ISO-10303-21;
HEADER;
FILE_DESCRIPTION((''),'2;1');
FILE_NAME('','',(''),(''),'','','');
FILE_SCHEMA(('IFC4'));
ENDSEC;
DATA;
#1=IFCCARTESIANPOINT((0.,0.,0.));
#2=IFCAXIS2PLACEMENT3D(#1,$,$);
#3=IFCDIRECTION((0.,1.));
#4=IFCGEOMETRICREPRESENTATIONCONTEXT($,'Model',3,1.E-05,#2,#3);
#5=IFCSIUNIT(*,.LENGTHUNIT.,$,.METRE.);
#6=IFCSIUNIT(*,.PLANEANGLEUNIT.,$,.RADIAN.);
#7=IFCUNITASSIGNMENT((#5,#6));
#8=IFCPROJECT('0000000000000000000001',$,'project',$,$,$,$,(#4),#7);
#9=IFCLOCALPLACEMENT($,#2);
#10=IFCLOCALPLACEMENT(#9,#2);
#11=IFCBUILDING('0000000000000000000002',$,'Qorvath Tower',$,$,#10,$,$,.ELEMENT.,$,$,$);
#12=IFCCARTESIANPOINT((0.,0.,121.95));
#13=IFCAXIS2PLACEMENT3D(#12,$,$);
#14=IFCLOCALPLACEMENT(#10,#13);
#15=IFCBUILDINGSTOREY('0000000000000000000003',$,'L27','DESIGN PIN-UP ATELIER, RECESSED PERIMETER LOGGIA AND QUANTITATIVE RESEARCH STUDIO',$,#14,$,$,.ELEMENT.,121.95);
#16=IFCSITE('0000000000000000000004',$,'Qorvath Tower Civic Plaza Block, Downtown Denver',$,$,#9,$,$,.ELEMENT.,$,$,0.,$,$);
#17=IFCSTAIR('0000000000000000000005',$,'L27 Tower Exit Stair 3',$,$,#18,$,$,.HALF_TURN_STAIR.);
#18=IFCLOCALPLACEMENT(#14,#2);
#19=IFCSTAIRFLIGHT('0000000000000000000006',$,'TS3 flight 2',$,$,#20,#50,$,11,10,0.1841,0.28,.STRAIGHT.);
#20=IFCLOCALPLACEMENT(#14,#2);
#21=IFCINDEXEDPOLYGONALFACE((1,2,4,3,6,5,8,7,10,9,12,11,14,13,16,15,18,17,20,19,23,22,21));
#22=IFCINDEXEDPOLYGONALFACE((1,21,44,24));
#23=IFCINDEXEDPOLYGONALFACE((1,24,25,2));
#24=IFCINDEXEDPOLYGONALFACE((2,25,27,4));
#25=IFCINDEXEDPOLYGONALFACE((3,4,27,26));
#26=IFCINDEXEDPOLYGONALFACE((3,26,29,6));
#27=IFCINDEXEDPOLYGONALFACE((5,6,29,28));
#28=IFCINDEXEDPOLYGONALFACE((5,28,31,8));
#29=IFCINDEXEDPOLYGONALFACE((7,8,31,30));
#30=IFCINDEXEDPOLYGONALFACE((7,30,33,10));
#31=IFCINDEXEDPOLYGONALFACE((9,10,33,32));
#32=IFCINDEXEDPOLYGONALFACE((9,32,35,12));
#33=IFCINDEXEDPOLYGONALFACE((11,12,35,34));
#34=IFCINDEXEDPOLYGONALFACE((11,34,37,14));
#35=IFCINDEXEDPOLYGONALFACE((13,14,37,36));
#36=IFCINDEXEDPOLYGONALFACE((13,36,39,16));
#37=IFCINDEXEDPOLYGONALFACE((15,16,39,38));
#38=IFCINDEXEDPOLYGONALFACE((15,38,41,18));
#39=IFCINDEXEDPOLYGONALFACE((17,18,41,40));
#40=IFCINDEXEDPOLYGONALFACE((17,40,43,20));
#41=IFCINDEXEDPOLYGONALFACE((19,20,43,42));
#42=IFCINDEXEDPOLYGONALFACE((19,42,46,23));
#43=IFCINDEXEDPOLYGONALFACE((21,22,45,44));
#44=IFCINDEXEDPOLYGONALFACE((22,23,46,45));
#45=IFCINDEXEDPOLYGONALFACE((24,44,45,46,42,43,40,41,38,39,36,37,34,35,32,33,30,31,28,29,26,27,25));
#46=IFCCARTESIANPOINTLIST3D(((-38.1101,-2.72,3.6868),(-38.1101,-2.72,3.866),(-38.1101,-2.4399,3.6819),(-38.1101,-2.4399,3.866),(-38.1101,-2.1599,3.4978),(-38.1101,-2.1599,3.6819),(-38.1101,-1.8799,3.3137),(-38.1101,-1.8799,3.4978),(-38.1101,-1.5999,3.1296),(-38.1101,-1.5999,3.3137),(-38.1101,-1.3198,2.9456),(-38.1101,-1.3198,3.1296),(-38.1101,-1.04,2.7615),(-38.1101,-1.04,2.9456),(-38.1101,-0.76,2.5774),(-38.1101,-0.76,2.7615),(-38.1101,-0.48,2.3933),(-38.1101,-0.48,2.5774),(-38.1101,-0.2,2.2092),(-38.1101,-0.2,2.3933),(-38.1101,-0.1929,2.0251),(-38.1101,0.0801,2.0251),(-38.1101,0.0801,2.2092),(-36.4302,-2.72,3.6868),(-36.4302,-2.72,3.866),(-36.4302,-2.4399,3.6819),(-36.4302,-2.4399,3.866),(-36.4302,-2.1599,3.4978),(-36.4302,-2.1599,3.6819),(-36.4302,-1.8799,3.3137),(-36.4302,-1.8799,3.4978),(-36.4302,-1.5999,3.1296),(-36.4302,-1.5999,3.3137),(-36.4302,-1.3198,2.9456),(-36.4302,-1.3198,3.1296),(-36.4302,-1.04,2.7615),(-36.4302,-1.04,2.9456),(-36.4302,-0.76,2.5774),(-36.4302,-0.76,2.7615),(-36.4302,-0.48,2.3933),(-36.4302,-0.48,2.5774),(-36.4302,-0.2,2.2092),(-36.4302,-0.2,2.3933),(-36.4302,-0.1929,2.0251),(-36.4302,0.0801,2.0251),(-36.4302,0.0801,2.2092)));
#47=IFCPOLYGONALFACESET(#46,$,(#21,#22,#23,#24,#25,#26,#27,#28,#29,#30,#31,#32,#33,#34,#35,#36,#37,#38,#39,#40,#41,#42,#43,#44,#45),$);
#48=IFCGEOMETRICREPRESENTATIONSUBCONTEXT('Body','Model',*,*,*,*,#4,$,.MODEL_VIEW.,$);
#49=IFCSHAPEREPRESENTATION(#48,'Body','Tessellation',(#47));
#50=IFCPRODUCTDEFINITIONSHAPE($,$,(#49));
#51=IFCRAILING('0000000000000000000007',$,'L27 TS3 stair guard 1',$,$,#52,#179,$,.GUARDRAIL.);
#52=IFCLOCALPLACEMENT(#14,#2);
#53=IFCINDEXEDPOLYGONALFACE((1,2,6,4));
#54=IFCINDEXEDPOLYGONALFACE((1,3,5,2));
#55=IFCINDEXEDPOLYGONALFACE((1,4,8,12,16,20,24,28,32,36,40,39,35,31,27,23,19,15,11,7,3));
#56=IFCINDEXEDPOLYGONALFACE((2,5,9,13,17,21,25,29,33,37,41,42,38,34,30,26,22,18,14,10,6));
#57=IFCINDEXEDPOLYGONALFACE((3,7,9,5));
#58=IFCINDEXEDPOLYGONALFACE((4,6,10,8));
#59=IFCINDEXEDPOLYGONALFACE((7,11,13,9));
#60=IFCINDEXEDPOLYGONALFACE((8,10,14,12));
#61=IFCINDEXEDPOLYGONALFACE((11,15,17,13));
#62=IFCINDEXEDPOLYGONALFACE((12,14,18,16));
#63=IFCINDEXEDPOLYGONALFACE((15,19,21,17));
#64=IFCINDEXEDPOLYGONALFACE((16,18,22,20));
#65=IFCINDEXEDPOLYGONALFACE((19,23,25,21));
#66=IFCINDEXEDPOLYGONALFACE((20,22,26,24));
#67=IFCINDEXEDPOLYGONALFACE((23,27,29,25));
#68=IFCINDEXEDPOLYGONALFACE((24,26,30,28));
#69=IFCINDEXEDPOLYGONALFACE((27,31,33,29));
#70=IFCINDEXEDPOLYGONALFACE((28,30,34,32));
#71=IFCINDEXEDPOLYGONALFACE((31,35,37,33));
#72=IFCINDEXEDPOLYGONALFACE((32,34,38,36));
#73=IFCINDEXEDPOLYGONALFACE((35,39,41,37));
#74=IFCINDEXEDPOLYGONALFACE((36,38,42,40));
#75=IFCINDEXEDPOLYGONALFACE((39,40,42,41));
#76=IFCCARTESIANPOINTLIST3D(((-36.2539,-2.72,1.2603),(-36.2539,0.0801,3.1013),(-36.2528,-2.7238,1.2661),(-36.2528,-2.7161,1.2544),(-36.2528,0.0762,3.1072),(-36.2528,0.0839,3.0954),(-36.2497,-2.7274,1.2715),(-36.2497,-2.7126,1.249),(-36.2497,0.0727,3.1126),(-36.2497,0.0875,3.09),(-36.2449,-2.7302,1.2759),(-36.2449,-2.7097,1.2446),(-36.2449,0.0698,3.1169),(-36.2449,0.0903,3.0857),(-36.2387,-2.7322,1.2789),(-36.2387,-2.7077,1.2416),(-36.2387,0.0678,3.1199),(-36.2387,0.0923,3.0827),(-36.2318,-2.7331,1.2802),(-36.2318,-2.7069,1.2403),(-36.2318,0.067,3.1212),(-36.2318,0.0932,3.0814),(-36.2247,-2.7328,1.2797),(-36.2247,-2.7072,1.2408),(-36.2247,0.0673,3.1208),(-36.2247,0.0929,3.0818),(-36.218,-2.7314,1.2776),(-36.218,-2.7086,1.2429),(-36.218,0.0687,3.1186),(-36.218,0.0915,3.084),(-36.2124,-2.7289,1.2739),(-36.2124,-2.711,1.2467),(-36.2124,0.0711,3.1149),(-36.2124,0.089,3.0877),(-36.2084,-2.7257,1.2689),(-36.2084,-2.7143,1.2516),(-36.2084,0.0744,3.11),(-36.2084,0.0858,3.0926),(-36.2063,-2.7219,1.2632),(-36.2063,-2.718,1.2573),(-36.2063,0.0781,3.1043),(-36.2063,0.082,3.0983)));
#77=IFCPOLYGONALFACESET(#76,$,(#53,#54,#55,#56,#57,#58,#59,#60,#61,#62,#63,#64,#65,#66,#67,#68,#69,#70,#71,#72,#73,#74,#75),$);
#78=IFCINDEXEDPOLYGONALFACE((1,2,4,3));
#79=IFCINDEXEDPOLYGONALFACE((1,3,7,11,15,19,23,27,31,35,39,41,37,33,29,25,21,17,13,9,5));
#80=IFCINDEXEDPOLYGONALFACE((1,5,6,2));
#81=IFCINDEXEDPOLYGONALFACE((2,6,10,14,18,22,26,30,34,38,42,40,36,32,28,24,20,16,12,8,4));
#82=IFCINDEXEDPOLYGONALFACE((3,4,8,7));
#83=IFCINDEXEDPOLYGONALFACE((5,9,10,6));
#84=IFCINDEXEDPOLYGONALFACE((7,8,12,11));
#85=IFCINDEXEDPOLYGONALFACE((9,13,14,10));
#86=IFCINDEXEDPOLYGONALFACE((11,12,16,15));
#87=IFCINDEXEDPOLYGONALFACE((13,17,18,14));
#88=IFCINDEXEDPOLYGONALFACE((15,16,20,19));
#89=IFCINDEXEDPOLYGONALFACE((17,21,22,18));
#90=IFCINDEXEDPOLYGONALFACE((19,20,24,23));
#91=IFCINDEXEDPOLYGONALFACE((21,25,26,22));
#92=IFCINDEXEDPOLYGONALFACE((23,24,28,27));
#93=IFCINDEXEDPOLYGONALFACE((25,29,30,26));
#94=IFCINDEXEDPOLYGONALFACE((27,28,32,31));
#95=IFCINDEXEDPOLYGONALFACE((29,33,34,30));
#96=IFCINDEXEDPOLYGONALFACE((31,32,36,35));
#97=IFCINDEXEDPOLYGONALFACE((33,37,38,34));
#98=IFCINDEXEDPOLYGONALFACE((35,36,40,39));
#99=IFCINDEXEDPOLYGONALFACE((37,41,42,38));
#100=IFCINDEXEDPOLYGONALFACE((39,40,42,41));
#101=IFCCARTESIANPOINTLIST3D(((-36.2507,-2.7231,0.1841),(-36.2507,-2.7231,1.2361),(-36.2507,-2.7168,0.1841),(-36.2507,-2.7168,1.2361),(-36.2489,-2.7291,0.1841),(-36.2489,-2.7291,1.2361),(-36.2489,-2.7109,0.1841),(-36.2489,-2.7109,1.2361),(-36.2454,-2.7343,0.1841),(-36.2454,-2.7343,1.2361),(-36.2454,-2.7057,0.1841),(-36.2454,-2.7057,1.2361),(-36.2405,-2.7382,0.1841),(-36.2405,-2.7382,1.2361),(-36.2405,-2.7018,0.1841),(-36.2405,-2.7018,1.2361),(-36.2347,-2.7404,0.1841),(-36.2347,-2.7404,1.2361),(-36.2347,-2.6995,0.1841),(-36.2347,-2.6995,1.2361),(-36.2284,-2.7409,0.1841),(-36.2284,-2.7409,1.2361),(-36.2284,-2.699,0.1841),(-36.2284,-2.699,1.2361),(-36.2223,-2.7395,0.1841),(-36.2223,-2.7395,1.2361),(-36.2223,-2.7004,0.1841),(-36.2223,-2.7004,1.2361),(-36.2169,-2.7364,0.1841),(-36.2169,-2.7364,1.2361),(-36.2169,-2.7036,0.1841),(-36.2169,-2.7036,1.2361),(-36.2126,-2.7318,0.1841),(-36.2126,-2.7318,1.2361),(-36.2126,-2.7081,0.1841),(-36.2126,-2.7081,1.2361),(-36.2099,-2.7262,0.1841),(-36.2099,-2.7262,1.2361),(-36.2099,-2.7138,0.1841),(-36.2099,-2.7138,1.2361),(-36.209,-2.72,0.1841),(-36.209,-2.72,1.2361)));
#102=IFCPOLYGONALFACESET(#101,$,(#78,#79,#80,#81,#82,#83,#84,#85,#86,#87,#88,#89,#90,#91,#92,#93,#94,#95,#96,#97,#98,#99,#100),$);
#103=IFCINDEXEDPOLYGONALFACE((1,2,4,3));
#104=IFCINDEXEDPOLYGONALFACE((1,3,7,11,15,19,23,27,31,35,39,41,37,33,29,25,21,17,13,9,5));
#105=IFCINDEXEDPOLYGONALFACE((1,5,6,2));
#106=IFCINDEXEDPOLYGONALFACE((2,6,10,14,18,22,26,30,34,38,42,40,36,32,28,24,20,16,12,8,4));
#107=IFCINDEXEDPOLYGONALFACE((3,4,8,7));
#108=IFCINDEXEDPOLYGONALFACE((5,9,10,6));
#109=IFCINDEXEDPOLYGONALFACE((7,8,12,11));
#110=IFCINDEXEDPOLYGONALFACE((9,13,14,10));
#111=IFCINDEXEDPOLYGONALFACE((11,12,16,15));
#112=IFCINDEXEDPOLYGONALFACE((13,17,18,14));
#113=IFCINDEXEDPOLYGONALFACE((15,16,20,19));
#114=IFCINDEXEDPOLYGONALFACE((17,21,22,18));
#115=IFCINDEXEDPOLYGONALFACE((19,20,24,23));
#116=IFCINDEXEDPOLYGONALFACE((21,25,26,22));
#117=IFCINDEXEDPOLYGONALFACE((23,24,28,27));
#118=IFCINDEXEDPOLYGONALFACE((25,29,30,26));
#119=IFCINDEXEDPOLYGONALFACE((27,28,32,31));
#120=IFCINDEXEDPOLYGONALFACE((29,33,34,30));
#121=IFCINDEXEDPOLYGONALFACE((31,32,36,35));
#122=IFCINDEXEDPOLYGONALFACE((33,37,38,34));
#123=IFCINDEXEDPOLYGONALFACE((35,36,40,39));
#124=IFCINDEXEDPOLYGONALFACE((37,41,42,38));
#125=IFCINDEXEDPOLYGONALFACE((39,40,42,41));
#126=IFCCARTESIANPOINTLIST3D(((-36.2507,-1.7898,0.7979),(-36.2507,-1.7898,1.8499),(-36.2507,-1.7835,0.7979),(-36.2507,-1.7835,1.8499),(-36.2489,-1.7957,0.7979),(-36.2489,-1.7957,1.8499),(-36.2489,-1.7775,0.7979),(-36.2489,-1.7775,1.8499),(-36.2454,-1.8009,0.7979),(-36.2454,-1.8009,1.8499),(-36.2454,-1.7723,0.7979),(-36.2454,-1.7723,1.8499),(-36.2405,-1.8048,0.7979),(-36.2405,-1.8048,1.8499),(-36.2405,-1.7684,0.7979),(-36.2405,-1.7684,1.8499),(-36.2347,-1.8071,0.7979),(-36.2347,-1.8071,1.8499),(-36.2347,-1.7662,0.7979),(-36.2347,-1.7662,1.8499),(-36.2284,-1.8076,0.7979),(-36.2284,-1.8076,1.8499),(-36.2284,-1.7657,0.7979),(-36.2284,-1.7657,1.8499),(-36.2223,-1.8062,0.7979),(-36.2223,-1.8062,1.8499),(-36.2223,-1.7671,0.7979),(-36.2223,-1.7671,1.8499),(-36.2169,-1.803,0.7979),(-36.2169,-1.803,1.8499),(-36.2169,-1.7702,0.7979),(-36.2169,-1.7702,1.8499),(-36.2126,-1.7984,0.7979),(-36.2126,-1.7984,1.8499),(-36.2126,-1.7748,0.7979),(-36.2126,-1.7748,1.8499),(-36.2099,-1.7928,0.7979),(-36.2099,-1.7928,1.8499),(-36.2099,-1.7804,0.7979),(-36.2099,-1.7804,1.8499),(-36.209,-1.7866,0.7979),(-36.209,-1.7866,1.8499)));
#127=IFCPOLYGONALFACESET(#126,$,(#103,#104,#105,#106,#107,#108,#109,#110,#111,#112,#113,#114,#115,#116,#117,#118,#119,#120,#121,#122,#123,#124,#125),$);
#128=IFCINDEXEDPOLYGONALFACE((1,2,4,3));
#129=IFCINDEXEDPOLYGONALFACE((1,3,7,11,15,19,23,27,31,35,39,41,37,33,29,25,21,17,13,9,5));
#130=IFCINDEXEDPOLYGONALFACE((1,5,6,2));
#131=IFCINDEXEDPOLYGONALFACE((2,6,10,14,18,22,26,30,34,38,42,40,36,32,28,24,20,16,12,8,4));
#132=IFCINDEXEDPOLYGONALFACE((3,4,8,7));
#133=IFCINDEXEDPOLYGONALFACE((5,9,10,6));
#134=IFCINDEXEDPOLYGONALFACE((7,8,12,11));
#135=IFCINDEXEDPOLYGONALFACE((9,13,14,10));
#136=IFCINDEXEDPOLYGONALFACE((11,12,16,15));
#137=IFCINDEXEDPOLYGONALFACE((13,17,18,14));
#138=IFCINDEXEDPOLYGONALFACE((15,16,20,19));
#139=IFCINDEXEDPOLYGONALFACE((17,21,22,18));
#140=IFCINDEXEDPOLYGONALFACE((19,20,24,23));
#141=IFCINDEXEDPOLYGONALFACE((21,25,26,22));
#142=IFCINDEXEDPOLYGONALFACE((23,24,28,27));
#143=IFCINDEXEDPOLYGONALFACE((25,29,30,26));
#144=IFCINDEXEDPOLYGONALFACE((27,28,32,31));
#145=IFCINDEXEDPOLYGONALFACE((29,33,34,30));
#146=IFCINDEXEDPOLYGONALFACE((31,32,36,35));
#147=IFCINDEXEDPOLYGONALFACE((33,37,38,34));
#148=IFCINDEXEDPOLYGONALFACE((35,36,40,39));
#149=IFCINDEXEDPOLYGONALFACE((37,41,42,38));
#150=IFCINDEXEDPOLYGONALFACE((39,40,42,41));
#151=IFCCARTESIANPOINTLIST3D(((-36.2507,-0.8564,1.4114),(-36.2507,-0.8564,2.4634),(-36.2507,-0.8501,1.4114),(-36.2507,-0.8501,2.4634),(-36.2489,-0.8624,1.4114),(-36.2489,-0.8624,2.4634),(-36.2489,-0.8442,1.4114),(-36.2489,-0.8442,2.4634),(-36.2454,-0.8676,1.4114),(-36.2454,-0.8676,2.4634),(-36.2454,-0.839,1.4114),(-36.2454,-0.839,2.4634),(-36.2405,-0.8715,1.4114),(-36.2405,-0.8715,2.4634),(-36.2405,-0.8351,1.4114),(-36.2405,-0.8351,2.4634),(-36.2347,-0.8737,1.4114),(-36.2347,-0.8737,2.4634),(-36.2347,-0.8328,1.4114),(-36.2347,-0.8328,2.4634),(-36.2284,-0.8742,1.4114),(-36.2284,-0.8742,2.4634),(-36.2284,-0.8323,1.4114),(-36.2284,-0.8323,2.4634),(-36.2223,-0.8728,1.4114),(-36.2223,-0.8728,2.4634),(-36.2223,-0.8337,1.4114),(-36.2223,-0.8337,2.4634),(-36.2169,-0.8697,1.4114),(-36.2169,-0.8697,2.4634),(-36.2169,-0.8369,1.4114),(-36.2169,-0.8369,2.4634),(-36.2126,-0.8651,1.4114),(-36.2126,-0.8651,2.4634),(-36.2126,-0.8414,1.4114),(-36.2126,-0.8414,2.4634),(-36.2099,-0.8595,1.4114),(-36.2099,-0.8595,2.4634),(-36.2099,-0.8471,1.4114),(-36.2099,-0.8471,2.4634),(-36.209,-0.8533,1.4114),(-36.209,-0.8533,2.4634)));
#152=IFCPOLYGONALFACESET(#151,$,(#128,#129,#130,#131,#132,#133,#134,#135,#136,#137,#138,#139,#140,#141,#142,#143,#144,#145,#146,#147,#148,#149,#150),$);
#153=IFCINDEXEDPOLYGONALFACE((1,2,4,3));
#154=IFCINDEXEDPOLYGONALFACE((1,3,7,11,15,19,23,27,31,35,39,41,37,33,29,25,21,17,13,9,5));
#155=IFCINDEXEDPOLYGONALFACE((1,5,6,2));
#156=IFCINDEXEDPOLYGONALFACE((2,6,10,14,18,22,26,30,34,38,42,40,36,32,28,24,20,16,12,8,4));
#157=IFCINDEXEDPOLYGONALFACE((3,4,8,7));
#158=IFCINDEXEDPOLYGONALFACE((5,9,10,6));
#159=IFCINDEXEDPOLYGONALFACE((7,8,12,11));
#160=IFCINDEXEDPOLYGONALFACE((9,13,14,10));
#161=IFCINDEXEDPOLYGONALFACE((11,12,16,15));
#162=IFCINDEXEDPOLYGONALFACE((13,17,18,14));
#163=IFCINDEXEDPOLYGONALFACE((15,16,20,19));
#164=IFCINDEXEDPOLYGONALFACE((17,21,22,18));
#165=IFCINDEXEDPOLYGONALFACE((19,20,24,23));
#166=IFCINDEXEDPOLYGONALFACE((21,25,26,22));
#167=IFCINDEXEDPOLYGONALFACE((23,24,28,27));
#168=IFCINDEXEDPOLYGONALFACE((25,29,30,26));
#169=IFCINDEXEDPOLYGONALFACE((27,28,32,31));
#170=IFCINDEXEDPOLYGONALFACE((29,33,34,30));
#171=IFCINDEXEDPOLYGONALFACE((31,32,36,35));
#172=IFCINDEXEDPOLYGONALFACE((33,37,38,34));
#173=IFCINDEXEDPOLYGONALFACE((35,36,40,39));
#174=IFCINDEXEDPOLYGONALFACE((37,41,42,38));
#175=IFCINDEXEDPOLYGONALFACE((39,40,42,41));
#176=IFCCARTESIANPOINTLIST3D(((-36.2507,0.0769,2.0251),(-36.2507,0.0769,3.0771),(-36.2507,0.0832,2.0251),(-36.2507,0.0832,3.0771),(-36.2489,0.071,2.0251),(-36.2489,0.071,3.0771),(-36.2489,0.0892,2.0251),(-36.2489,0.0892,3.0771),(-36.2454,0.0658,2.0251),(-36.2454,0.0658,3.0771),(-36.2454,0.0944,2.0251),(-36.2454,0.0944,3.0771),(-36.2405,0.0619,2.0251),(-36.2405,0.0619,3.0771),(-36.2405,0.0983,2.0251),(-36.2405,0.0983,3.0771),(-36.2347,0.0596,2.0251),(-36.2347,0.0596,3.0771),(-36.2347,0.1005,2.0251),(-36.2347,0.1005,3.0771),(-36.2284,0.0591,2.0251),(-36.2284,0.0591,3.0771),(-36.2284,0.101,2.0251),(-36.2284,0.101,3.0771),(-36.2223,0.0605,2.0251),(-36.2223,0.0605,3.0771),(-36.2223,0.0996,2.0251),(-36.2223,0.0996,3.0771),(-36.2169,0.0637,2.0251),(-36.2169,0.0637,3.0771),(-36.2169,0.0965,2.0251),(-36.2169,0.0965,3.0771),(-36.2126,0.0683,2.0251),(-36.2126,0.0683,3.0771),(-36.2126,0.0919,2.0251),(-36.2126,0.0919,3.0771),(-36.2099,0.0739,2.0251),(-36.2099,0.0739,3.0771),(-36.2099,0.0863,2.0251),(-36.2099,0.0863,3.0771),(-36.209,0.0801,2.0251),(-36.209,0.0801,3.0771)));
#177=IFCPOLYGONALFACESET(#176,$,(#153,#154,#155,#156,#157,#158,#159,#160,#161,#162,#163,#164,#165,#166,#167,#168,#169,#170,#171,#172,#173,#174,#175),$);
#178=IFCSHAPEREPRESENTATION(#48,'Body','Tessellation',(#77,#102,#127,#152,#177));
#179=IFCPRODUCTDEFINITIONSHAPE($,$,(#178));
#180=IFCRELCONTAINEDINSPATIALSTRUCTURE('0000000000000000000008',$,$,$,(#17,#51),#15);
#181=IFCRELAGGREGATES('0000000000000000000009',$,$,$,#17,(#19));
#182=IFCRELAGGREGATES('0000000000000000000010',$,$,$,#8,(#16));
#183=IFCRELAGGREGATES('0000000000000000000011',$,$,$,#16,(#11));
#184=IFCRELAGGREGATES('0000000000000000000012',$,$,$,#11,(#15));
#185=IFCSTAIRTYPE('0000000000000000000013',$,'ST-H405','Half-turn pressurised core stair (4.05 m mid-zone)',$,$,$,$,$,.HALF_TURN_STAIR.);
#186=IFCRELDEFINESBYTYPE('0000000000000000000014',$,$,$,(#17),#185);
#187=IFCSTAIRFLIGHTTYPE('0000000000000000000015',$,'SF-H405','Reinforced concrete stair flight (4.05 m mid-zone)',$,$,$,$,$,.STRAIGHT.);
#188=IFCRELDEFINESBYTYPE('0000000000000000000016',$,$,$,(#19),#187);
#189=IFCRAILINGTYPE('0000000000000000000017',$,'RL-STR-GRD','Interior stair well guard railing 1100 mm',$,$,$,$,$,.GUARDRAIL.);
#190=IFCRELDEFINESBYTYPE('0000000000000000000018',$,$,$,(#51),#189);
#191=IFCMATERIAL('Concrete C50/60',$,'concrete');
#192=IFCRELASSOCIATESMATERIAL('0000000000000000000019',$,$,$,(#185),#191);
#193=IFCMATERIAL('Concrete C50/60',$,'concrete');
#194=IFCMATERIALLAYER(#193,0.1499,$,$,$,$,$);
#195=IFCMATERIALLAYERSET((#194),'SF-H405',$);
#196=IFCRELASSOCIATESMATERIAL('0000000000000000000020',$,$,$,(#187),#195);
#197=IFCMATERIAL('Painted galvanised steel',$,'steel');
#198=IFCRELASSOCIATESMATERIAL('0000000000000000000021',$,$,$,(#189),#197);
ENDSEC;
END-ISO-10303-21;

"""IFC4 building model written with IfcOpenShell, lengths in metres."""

from ifc_helpers import new_model, si_unit, direction, frame, origin, origin_2d, place, context, subcontext, project, spatial, polyline, circle, outline, extrude, material, layer, layer_set, type_object, element, aggregate, save


model = new_model("IFC4")

# Units and contexts
model_context = context("Model", 3, precision=1e-05, world=origin(), true_north=direction((0.0, 1.0)))
body_context = subcontext(model_context, "Body", "Model", "MODEL_VIEW")
ifc_project = project(units=[si_unit("LENGTHUNIT", "METRE"), si_unit("PLANEANGLEUNIT", "RADIAN")], contexts=[model_context])

# Site, building, storey
site_placement = place(None, origin())
site = spatial("IfcSite", under=ifc_project, at=site_placement, Name="Qorvath Tower Civic Plaza Block, Downtown Denver", CompositionType="ELEMENT", RefElevation=0.0)
building_placement = place(site_placement, origin())
building = spatial("IfcBuilding", under=site, at=building_placement, Name="Qorvath Tower", CompositionType="ELEMENT")
storey_placement = place(building_placement, frame((0.0, 0.0, 121.95)))
storey = spatial("IfcBuildingStorey", under=building, at=storey_placement, Name="L27", Description="DESIGN PIN-UP ATELIER, RECESSED PERIMETER LOGGIA AND QUANTITATIVE RESEARCH STUDIO", CompositionType="ELEMENT", Elevation=121.95)

# Stair, stair flight
ifc_material_1 = material(Name="Concrete C50/60", Category="concrete")
stair_type = type_object("IfcStairType", Name="ST-H405", Description="Half-turn pressurised core stair (4.05 m mid-zone)", PredefinedType="HALF_TURN_STAIR", material=ifc_material_1)
stair_placement = place(storey_placement, origin())
stair = element("IfcStair", 1, at=stair_placement, inside=storey, type_object=stair_type, Name="L27 Tower Exit Stair 3", PredefinedType="HALF_TURN_STAIR")
ifc_material_2 = material(Name="Concrete C50/60", Category="concrete")
ifc_layer_1 = layer(ifc_material_2, 0.1499)
ifc_layer_set_1 = layer_set([ifc_layer_1], Name="SF-H405")
stair_flight_type = type_object("IfcStairFlightType", Name="SF-H405", Description="Reinforced concrete stair flight (4.05 m mid-zone)", PredefinedType="STRAIGHT", material=ifc_layer_set_1)
stair_flight_1_placement = place(storey_placement, frame((-37.27, 0.0801, 2.0251), z_axis=(0.0, 0.0, 1.0), x_axis=(0.0, -1.0, 0.0)))
stair_flight_1 = element("IfcStairFlight", 2, at=stair_flight_1_placement, type_object=stair_flight_type, Name="TS3 flight 2", NumberOfRisers=11, NumberOfTreads=10, PredefinedType="STRAIGHT", RiserHeight=0.1841, TreadLength=0.28, context=body_context, shape_type="SweptSolid", body=[
    extrude(outline(polyline([(0.0, 0.0), (0.0, 0.1841), (0.28, 0.1841), (0.28, 0.3682), (0.5601, 0.3682), (0.5601, 0.5522), (0.8401, 0.5522), (0.8401, 0.7363), (1.1201, 0.7363), (1.1201, 0.9204), (1.3999, 0.9204), (1.3999, 1.1045), (1.6799, 1.1045), (1.6799, 1.2886), (1.96, 1.2886), (1.96, 1.4727), (2.24, 1.4727), (2.24, 1.6567), (2.52, 1.6567), (2.52, 1.8408), (2.8, 1.8408), (2.8, 2.0249), (2.8, 1.6616), (0.2729, 0.0), (0.0, 0.0)])), frame((0.0, 0.8398, 0.0), z_axis=(0.0, -1.0, 0.0), x_axis=(1.0, 0.0, 0.0)), (0.0, 0.0, 1.0), 1.6799),
])
aggregate(stair, [stair_flight_1])

# Railing
ifc_material_3 = material(Name="Painted galvanised steel", Category="steel")
railing_type_1 = type_object("IfcRailingType", Name="RL-STR-GRD", Description="Interior stair well guard railing 1100 mm", PredefinedType="GUARDRAIL", material=ifc_material_3)
railing_1_placement = place(storey_placement, frame((-36.23, -2.72, 0.1841)))
element("IfcRailing", 3, at=railing_1_placement, inside=storey, type_object=railing_type_1, Name="L27 TS3 stair guard 1", PredefinedType="GUARDRAIL", context=body_context, shape_type="SweptSolid", body=[
    extrude(circle(Radius=0.0239, at=origin_2d()), frame((0.0, 0.0, 1.0762), z_axis=(0.0, 0.835564, 0.549393), x_axis=(-1.0, 0.0, 0.0)), (0.0, 0.0, 1.0), 3.3511),
    extrude(circle(Radius=0.021, at=origin_2d()), origin(), (0.0, 0.0, 1.0), 1.052),
    extrude(circle(Radius=0.021, at=origin_2d()), frame((0.0, 0.9333, 0.6138)), (0.0, 0.0, 1.0), 1.052),
    extrude(circle(Radius=0.021, at=origin_2d()), frame((0.0, 1.8667, 1.2273)), (0.0, 0.0, 1.0), 1.052),
    extrude(circle(Radius=0.021, at=origin_2d()), frame((0.0, 2.8, 1.8411)), (0.0, 0.0, 1.0), 1.052),
])

save(model, "model.ifc")
